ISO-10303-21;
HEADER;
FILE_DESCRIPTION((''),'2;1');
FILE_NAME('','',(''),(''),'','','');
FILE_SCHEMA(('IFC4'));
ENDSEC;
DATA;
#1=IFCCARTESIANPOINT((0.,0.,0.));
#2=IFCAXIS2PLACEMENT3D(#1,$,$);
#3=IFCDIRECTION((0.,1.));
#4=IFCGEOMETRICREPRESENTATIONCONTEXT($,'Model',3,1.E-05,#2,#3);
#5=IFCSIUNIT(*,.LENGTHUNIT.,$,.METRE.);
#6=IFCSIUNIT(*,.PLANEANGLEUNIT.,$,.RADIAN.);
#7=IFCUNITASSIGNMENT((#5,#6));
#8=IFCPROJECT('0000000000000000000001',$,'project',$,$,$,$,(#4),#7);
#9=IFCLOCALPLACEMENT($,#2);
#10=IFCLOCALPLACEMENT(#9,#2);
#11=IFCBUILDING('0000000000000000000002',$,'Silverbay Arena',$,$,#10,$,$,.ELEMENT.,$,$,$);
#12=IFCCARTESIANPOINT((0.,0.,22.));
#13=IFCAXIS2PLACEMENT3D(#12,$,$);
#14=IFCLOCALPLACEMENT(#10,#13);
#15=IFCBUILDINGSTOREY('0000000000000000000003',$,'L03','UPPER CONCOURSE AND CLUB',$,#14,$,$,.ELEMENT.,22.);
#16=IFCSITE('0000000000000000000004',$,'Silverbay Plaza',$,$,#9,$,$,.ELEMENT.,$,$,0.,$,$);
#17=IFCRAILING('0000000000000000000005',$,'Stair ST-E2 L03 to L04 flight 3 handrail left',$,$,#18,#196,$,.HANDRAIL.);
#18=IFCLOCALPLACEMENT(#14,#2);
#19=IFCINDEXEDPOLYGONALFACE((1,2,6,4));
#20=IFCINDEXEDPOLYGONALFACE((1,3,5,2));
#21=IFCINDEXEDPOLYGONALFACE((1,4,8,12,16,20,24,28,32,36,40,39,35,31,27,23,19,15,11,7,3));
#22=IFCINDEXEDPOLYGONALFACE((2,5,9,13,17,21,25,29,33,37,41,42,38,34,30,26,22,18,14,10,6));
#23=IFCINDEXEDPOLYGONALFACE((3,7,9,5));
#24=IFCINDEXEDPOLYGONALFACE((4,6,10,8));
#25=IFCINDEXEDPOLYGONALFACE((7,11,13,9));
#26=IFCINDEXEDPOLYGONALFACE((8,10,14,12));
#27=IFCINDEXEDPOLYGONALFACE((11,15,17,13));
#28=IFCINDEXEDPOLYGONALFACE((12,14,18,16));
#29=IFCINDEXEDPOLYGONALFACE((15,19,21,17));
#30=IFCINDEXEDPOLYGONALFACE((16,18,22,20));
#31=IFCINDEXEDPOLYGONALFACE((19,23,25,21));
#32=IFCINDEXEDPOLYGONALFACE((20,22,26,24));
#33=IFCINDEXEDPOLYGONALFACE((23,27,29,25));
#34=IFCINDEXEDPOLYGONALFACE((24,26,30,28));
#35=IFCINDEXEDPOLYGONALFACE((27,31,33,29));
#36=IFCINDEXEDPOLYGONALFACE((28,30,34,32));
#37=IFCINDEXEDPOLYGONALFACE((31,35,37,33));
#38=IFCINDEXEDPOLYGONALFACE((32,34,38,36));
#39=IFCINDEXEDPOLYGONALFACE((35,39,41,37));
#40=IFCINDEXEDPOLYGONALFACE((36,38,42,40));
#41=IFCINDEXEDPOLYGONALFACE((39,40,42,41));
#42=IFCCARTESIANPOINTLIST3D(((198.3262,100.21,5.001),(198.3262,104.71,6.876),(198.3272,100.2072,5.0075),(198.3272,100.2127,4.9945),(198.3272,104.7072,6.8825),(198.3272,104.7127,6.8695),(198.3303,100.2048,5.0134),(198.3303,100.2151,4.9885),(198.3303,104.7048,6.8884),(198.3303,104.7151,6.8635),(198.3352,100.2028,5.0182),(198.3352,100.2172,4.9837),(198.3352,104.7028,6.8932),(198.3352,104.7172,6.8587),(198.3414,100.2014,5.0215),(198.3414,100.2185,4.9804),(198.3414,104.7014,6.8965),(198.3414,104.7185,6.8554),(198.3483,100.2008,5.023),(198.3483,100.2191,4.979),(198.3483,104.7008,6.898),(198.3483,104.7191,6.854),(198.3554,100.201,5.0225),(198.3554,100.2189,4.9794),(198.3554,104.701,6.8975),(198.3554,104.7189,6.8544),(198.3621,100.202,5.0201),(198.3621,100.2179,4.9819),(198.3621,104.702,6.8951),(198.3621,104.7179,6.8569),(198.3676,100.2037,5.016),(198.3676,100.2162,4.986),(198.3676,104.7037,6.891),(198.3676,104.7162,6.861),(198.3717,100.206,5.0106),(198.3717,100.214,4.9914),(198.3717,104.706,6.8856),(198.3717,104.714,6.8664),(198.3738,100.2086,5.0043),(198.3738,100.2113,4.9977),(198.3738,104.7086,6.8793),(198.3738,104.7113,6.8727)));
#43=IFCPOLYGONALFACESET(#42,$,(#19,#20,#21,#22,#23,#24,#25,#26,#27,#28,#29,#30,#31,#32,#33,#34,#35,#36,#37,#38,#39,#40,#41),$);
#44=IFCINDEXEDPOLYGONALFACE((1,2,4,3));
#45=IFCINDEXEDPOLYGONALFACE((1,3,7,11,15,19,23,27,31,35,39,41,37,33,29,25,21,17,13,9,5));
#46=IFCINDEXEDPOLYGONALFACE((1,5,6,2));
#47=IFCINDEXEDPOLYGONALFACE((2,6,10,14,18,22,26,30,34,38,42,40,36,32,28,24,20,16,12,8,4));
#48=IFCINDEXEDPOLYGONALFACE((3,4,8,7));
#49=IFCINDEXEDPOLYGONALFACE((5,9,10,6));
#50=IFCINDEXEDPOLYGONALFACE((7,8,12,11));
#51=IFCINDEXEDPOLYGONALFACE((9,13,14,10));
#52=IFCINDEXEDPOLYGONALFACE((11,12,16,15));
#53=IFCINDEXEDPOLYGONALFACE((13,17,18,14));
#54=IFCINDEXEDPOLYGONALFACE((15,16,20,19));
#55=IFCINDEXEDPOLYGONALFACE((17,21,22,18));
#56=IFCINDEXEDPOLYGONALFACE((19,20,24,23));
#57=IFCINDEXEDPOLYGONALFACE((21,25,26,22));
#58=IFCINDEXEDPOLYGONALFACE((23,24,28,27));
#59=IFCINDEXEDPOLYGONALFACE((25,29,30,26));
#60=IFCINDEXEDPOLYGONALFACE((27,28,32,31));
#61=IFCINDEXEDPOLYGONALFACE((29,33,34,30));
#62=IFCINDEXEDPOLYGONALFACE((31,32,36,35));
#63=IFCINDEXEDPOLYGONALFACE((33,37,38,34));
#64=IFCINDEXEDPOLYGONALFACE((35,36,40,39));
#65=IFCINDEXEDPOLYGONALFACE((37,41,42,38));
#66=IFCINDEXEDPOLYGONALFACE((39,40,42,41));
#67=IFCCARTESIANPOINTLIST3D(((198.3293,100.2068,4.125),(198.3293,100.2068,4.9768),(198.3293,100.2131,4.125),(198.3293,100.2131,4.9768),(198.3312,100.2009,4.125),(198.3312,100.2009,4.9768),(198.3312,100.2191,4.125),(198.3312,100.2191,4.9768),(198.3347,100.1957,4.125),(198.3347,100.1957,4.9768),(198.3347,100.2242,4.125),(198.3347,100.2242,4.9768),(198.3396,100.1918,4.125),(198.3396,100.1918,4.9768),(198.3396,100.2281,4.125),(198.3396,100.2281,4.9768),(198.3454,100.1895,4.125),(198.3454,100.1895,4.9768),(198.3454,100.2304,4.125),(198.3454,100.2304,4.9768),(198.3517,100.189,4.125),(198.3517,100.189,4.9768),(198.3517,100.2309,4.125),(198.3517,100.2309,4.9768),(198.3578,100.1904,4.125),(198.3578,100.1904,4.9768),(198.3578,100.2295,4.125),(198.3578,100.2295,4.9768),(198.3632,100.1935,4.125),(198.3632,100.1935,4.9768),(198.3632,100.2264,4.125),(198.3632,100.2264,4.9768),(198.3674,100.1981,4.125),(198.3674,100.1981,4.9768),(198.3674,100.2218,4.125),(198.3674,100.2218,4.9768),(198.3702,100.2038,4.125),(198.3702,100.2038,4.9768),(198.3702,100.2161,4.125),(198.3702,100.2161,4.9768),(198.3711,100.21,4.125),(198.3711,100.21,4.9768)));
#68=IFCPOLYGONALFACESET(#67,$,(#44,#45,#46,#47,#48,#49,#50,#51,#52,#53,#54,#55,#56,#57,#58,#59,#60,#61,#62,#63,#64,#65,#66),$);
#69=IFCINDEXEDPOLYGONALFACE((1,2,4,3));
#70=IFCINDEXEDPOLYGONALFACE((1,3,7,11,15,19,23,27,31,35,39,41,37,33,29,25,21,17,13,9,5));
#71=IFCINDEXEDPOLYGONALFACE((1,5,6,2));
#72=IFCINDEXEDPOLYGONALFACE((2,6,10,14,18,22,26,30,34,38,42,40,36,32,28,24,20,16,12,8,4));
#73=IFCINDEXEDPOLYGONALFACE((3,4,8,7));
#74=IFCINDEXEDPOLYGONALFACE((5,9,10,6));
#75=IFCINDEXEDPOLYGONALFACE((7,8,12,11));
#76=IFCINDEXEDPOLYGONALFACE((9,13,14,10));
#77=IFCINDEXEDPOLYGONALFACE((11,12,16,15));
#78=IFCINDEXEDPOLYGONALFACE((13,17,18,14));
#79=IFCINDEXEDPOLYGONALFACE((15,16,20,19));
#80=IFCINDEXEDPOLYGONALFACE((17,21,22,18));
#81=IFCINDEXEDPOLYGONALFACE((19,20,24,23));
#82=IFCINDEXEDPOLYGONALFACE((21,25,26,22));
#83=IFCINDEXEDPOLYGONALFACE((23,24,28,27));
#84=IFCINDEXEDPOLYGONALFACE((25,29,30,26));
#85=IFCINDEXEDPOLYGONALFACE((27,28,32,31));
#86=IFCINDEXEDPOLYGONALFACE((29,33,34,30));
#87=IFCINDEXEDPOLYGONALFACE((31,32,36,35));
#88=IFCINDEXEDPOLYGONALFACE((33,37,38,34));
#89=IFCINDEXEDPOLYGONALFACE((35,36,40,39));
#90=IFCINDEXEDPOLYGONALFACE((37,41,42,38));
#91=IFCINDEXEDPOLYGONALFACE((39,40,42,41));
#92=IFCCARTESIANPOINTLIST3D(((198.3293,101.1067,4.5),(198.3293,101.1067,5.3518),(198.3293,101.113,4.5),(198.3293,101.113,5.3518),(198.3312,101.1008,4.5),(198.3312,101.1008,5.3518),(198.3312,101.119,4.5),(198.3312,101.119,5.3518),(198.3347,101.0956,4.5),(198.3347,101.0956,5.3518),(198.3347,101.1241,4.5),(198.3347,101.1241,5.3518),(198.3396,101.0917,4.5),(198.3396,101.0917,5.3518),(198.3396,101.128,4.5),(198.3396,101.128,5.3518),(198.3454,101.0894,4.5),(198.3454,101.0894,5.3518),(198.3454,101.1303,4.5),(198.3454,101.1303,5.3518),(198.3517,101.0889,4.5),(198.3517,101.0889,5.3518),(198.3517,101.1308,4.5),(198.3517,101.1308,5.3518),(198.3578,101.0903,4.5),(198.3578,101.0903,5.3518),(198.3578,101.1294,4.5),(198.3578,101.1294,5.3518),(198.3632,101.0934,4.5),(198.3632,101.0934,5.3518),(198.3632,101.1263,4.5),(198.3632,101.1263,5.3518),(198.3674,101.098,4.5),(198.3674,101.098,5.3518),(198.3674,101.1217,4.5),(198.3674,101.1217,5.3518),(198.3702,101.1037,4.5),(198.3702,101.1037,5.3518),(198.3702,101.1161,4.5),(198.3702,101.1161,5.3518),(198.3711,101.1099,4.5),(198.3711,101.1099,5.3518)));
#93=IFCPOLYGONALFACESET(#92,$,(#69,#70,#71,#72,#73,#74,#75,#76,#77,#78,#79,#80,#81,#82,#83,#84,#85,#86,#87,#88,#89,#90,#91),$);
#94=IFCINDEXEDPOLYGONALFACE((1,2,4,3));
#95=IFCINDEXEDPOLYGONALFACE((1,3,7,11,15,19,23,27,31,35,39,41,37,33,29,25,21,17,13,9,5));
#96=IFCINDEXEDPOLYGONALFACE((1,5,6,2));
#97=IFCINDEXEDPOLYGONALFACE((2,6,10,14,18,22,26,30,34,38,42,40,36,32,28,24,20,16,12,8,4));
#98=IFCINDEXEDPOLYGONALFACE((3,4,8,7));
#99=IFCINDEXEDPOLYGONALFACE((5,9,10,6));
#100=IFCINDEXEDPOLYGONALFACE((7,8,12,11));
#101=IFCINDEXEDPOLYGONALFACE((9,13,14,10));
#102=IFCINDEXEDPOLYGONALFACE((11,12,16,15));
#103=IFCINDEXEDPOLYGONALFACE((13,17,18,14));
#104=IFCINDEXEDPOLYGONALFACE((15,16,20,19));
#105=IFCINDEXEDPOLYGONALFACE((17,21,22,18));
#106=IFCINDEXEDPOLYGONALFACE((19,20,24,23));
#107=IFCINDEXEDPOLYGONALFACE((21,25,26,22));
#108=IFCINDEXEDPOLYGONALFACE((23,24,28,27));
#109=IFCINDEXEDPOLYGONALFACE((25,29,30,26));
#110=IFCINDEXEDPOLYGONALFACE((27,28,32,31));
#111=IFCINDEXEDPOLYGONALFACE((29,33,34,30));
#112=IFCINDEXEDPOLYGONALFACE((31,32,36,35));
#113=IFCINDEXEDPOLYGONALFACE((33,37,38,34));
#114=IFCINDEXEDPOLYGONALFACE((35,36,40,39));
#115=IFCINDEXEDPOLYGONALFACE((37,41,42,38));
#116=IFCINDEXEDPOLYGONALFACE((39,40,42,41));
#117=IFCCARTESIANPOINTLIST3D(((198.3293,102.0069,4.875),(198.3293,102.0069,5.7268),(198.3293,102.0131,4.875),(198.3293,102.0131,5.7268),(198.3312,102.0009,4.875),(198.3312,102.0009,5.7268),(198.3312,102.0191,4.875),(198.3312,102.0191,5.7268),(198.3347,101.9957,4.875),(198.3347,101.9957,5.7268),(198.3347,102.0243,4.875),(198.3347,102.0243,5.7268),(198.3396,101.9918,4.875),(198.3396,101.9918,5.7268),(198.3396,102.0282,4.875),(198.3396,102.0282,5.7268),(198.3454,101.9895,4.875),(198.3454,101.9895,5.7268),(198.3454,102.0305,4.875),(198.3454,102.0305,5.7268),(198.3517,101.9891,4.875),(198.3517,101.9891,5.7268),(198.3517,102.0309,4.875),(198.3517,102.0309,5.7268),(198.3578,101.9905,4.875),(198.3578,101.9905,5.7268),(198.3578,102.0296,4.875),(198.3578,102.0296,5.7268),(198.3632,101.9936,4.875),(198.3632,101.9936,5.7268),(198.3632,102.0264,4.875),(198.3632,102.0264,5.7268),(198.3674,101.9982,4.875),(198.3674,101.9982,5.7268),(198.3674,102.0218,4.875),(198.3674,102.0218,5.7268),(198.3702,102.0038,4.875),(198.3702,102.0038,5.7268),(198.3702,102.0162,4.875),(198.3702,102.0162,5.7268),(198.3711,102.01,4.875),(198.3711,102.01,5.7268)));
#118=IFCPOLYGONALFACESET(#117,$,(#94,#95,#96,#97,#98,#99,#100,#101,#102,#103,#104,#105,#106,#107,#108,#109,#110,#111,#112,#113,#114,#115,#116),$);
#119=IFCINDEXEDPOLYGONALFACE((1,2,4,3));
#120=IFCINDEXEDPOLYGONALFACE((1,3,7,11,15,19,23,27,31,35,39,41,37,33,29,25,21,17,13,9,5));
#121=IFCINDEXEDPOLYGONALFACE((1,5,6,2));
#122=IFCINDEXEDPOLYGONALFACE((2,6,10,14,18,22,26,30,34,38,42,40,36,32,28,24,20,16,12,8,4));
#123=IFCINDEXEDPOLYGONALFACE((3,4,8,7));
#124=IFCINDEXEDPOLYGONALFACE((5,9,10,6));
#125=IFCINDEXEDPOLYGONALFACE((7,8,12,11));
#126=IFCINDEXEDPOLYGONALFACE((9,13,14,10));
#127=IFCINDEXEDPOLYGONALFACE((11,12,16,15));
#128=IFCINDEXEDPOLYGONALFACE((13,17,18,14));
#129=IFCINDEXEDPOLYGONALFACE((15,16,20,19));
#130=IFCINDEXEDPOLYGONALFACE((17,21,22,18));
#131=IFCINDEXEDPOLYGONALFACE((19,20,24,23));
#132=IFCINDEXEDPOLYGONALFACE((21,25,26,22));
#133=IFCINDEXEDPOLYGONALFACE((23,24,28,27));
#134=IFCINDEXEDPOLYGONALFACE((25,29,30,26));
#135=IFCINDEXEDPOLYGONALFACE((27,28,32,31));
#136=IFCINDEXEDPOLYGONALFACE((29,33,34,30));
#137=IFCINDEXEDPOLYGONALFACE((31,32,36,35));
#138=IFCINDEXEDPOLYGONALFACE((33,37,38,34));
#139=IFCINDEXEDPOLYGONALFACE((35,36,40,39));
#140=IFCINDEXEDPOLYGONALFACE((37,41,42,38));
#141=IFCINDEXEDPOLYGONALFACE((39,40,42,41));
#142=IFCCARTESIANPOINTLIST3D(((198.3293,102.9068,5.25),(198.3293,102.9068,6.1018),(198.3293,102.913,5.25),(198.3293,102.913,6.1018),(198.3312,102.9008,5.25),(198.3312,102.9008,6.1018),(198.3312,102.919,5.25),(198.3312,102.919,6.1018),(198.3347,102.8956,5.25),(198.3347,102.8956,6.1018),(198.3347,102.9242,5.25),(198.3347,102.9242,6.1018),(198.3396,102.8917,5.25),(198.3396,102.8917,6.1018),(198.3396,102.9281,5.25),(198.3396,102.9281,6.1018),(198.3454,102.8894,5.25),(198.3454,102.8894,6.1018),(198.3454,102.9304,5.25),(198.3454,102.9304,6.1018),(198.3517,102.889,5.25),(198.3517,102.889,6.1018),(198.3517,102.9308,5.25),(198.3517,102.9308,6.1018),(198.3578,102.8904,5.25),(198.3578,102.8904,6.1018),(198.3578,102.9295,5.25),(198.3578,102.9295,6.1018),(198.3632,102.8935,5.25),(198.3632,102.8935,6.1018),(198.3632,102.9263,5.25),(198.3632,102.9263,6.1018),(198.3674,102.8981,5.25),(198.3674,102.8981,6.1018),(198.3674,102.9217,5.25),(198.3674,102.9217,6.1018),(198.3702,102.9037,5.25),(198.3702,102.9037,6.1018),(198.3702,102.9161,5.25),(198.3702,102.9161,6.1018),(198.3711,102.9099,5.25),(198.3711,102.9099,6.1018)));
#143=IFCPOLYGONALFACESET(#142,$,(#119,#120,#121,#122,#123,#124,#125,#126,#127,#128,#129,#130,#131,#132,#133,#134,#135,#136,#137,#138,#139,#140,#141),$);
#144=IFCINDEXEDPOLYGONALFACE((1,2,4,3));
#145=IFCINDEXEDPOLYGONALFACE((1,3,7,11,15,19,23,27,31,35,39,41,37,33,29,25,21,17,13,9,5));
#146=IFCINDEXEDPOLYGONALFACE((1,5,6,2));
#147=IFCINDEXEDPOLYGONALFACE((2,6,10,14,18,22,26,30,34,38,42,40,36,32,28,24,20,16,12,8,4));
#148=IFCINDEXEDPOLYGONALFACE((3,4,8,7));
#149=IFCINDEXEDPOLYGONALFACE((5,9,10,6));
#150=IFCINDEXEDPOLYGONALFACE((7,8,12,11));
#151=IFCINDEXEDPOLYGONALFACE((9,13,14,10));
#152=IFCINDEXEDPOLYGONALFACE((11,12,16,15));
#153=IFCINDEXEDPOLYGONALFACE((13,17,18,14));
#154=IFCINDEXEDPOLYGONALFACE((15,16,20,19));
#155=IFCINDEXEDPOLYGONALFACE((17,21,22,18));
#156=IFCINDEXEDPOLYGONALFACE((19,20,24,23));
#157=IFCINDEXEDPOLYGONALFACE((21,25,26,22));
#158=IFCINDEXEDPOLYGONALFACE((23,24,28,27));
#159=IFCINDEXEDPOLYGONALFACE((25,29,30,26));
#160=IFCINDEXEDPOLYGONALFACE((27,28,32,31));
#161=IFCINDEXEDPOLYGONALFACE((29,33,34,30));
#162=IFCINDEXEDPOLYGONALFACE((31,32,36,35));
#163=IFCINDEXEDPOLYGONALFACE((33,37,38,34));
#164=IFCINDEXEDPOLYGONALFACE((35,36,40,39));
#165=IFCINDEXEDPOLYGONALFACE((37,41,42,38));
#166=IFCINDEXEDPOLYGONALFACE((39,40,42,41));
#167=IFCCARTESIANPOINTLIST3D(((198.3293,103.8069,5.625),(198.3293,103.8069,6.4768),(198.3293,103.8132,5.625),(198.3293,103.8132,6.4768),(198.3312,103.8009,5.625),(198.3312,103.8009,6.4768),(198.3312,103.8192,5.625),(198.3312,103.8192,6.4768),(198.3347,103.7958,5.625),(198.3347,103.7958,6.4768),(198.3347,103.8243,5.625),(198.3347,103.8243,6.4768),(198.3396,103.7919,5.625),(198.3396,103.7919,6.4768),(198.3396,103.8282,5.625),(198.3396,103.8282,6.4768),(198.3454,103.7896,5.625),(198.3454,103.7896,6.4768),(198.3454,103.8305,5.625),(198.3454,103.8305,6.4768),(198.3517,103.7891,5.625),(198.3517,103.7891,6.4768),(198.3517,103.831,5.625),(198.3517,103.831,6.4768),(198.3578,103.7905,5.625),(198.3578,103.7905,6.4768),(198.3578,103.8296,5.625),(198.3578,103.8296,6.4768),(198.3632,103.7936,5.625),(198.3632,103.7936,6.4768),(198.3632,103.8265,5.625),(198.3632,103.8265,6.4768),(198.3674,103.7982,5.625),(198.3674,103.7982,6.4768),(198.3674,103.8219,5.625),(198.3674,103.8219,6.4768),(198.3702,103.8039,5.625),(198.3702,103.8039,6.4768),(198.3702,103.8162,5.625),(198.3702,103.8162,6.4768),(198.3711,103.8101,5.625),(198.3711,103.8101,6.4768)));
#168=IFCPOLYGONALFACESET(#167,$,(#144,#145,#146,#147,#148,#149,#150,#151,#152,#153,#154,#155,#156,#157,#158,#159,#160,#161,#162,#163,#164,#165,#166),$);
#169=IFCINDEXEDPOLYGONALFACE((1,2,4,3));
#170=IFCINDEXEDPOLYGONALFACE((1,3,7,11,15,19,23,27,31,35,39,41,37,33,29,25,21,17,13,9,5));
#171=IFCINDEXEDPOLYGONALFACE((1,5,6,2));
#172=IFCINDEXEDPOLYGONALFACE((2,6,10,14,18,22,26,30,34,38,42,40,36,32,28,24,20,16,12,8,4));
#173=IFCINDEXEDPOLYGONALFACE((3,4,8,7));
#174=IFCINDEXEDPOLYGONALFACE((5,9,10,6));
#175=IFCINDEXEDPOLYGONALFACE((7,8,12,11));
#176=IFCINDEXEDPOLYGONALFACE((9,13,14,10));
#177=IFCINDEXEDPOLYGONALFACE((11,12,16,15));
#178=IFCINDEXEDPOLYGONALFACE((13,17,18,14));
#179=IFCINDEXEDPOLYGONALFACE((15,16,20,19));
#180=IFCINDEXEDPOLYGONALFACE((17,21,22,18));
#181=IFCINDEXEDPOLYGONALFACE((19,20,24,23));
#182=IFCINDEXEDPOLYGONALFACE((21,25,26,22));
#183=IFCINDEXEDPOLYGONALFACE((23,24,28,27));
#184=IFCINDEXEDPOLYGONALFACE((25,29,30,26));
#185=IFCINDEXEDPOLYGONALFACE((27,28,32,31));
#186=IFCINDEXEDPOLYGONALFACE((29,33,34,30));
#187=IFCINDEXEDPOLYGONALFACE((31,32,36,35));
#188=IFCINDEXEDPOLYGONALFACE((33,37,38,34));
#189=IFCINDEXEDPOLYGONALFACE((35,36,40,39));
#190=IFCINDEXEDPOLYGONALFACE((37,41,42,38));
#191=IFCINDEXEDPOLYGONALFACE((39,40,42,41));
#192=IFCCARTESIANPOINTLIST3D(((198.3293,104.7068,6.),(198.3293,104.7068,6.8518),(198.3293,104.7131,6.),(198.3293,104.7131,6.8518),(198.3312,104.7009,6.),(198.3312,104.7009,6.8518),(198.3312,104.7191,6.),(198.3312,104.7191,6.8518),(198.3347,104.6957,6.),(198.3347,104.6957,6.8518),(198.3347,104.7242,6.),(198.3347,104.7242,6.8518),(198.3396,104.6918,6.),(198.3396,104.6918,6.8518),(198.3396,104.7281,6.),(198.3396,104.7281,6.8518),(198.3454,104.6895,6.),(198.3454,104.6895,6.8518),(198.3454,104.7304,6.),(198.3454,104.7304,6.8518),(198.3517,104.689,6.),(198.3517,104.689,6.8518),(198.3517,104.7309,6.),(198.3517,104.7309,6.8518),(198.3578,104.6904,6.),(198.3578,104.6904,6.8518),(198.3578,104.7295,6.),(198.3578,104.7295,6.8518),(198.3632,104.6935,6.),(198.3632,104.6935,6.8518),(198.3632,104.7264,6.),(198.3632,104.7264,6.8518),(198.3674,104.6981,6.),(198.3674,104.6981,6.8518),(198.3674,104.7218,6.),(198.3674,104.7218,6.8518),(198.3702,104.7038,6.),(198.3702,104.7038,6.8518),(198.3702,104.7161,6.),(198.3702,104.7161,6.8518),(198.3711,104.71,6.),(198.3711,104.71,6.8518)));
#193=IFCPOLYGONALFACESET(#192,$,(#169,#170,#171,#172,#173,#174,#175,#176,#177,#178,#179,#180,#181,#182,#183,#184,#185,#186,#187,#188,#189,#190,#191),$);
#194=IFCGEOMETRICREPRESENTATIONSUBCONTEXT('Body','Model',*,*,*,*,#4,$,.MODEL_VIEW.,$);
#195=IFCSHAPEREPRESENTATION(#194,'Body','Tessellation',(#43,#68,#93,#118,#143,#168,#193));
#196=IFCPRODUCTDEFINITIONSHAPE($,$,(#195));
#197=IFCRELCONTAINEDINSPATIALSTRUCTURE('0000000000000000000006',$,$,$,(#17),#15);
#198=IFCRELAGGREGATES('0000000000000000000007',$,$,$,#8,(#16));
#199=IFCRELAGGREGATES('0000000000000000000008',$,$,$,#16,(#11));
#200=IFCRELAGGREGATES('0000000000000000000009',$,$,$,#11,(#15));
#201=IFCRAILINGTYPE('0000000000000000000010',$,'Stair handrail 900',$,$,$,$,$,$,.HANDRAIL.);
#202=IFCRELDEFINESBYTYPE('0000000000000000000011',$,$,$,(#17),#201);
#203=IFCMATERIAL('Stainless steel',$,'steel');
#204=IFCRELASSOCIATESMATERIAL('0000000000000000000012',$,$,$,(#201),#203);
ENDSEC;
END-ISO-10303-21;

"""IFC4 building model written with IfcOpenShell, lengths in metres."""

from ifc_helpers import new_model, si_unit, direction, frame, origin, origin_2d, place, context, subcontext, project, spatial, circle, extrude, material, type_object, element, save


model = new_model("IFC4")

# Units and contexts
model_context = context("Model", 3, precision=1e-05, world=origin(), true_north=direction((0.0, 1.0)))
body_context = subcontext(model_context, "Body", "Model", "MODEL_VIEW")
ifc_project = project(units=[si_unit("LENGTHUNIT", "METRE"), si_unit("PLANEANGLEUNIT", "RADIAN")], contexts=[model_context])

# Site, building, storey
site_placement = place(None, origin())
site = spatial("IfcSite", under=ifc_project, at=site_placement, Name="Silverbay Plaza", CompositionType="ELEMENT", RefElevation=0.0)
building_placement = place(site_placement, origin())
building = spatial("IfcBuilding", under=site, at=building_placement, Name="Silverbay Arena", CompositionType="ELEMENT")
storey_placement = place(building_placement, frame((0.0, 0.0, 22.0)))
storey = spatial("IfcBuildingStorey", under=building, at=storey_placement, Name="L03", Description="UPPER CONCOURSE AND CLUB", CompositionType="ELEMENT", Elevation=22.0)

# Railing
ifc_material_1 = material(Name="Stainless steel", Category="steel")
railing_type_1 = type_object("IfcRailingType", Name="Stair handrail 900", PredefinedType="HANDRAIL", material=ifc_material_1)
for number, where, name in (
    (1, (198.3501, 100.21, 4.125), "Stair ST-E2 L03 to L04 flight 3 handrail left"),
):
    element("IfcRailing", number, at=place(storey_placement, frame(where)), inside=storey, type_object=railing_type_1, Name=name, PredefinedType="HANDRAIL", context=body_context, shape_type="SweptSolid", body=[
        extrude(circle(Radius=0.0239, at=origin_2d()), frame((0.0, 0.0, 0.876), z_axis=(0.0, 0.923077, 0.384615), x_axis=(-1.0, 0.0, 0.0)), (0.0, 0.0, 1.0), 4.875),
        extrude(circle(Radius=0.021, at=origin_2d()), origin(), (0.0, 0.0, 1.0), 0.8518),
        extrude(circle(Radius=0.021, at=origin_2d()), frame((0.0, 0.8999, 0.375)), (0.0, 0.0, 1.0), 0.8518),
        extrude(circle(Radius=0.021, at=origin_2d()), frame((0.0, 1.8, 0.75)), (0.0, 0.0, 1.0), 0.8518),
        extrude(circle(Radius=0.021, at=origin_2d()), frame((0.0, 2.7, 1.125)), (0.0, 0.0, 1.0), 0.8518),
        extrude(circle(Radius=0.021, at=origin_2d()), frame((0.0, 3.6001, 1.5)), (0.0, 0.0, 1.0), 0.8518),
        extrude(circle(Radius=0.021, at=origin_2d()), frame((0.0, 4.5, 1.875)), (0.0, 0.0, 1.0), 0.8518),
    ])

save(model, "model.ifc")
